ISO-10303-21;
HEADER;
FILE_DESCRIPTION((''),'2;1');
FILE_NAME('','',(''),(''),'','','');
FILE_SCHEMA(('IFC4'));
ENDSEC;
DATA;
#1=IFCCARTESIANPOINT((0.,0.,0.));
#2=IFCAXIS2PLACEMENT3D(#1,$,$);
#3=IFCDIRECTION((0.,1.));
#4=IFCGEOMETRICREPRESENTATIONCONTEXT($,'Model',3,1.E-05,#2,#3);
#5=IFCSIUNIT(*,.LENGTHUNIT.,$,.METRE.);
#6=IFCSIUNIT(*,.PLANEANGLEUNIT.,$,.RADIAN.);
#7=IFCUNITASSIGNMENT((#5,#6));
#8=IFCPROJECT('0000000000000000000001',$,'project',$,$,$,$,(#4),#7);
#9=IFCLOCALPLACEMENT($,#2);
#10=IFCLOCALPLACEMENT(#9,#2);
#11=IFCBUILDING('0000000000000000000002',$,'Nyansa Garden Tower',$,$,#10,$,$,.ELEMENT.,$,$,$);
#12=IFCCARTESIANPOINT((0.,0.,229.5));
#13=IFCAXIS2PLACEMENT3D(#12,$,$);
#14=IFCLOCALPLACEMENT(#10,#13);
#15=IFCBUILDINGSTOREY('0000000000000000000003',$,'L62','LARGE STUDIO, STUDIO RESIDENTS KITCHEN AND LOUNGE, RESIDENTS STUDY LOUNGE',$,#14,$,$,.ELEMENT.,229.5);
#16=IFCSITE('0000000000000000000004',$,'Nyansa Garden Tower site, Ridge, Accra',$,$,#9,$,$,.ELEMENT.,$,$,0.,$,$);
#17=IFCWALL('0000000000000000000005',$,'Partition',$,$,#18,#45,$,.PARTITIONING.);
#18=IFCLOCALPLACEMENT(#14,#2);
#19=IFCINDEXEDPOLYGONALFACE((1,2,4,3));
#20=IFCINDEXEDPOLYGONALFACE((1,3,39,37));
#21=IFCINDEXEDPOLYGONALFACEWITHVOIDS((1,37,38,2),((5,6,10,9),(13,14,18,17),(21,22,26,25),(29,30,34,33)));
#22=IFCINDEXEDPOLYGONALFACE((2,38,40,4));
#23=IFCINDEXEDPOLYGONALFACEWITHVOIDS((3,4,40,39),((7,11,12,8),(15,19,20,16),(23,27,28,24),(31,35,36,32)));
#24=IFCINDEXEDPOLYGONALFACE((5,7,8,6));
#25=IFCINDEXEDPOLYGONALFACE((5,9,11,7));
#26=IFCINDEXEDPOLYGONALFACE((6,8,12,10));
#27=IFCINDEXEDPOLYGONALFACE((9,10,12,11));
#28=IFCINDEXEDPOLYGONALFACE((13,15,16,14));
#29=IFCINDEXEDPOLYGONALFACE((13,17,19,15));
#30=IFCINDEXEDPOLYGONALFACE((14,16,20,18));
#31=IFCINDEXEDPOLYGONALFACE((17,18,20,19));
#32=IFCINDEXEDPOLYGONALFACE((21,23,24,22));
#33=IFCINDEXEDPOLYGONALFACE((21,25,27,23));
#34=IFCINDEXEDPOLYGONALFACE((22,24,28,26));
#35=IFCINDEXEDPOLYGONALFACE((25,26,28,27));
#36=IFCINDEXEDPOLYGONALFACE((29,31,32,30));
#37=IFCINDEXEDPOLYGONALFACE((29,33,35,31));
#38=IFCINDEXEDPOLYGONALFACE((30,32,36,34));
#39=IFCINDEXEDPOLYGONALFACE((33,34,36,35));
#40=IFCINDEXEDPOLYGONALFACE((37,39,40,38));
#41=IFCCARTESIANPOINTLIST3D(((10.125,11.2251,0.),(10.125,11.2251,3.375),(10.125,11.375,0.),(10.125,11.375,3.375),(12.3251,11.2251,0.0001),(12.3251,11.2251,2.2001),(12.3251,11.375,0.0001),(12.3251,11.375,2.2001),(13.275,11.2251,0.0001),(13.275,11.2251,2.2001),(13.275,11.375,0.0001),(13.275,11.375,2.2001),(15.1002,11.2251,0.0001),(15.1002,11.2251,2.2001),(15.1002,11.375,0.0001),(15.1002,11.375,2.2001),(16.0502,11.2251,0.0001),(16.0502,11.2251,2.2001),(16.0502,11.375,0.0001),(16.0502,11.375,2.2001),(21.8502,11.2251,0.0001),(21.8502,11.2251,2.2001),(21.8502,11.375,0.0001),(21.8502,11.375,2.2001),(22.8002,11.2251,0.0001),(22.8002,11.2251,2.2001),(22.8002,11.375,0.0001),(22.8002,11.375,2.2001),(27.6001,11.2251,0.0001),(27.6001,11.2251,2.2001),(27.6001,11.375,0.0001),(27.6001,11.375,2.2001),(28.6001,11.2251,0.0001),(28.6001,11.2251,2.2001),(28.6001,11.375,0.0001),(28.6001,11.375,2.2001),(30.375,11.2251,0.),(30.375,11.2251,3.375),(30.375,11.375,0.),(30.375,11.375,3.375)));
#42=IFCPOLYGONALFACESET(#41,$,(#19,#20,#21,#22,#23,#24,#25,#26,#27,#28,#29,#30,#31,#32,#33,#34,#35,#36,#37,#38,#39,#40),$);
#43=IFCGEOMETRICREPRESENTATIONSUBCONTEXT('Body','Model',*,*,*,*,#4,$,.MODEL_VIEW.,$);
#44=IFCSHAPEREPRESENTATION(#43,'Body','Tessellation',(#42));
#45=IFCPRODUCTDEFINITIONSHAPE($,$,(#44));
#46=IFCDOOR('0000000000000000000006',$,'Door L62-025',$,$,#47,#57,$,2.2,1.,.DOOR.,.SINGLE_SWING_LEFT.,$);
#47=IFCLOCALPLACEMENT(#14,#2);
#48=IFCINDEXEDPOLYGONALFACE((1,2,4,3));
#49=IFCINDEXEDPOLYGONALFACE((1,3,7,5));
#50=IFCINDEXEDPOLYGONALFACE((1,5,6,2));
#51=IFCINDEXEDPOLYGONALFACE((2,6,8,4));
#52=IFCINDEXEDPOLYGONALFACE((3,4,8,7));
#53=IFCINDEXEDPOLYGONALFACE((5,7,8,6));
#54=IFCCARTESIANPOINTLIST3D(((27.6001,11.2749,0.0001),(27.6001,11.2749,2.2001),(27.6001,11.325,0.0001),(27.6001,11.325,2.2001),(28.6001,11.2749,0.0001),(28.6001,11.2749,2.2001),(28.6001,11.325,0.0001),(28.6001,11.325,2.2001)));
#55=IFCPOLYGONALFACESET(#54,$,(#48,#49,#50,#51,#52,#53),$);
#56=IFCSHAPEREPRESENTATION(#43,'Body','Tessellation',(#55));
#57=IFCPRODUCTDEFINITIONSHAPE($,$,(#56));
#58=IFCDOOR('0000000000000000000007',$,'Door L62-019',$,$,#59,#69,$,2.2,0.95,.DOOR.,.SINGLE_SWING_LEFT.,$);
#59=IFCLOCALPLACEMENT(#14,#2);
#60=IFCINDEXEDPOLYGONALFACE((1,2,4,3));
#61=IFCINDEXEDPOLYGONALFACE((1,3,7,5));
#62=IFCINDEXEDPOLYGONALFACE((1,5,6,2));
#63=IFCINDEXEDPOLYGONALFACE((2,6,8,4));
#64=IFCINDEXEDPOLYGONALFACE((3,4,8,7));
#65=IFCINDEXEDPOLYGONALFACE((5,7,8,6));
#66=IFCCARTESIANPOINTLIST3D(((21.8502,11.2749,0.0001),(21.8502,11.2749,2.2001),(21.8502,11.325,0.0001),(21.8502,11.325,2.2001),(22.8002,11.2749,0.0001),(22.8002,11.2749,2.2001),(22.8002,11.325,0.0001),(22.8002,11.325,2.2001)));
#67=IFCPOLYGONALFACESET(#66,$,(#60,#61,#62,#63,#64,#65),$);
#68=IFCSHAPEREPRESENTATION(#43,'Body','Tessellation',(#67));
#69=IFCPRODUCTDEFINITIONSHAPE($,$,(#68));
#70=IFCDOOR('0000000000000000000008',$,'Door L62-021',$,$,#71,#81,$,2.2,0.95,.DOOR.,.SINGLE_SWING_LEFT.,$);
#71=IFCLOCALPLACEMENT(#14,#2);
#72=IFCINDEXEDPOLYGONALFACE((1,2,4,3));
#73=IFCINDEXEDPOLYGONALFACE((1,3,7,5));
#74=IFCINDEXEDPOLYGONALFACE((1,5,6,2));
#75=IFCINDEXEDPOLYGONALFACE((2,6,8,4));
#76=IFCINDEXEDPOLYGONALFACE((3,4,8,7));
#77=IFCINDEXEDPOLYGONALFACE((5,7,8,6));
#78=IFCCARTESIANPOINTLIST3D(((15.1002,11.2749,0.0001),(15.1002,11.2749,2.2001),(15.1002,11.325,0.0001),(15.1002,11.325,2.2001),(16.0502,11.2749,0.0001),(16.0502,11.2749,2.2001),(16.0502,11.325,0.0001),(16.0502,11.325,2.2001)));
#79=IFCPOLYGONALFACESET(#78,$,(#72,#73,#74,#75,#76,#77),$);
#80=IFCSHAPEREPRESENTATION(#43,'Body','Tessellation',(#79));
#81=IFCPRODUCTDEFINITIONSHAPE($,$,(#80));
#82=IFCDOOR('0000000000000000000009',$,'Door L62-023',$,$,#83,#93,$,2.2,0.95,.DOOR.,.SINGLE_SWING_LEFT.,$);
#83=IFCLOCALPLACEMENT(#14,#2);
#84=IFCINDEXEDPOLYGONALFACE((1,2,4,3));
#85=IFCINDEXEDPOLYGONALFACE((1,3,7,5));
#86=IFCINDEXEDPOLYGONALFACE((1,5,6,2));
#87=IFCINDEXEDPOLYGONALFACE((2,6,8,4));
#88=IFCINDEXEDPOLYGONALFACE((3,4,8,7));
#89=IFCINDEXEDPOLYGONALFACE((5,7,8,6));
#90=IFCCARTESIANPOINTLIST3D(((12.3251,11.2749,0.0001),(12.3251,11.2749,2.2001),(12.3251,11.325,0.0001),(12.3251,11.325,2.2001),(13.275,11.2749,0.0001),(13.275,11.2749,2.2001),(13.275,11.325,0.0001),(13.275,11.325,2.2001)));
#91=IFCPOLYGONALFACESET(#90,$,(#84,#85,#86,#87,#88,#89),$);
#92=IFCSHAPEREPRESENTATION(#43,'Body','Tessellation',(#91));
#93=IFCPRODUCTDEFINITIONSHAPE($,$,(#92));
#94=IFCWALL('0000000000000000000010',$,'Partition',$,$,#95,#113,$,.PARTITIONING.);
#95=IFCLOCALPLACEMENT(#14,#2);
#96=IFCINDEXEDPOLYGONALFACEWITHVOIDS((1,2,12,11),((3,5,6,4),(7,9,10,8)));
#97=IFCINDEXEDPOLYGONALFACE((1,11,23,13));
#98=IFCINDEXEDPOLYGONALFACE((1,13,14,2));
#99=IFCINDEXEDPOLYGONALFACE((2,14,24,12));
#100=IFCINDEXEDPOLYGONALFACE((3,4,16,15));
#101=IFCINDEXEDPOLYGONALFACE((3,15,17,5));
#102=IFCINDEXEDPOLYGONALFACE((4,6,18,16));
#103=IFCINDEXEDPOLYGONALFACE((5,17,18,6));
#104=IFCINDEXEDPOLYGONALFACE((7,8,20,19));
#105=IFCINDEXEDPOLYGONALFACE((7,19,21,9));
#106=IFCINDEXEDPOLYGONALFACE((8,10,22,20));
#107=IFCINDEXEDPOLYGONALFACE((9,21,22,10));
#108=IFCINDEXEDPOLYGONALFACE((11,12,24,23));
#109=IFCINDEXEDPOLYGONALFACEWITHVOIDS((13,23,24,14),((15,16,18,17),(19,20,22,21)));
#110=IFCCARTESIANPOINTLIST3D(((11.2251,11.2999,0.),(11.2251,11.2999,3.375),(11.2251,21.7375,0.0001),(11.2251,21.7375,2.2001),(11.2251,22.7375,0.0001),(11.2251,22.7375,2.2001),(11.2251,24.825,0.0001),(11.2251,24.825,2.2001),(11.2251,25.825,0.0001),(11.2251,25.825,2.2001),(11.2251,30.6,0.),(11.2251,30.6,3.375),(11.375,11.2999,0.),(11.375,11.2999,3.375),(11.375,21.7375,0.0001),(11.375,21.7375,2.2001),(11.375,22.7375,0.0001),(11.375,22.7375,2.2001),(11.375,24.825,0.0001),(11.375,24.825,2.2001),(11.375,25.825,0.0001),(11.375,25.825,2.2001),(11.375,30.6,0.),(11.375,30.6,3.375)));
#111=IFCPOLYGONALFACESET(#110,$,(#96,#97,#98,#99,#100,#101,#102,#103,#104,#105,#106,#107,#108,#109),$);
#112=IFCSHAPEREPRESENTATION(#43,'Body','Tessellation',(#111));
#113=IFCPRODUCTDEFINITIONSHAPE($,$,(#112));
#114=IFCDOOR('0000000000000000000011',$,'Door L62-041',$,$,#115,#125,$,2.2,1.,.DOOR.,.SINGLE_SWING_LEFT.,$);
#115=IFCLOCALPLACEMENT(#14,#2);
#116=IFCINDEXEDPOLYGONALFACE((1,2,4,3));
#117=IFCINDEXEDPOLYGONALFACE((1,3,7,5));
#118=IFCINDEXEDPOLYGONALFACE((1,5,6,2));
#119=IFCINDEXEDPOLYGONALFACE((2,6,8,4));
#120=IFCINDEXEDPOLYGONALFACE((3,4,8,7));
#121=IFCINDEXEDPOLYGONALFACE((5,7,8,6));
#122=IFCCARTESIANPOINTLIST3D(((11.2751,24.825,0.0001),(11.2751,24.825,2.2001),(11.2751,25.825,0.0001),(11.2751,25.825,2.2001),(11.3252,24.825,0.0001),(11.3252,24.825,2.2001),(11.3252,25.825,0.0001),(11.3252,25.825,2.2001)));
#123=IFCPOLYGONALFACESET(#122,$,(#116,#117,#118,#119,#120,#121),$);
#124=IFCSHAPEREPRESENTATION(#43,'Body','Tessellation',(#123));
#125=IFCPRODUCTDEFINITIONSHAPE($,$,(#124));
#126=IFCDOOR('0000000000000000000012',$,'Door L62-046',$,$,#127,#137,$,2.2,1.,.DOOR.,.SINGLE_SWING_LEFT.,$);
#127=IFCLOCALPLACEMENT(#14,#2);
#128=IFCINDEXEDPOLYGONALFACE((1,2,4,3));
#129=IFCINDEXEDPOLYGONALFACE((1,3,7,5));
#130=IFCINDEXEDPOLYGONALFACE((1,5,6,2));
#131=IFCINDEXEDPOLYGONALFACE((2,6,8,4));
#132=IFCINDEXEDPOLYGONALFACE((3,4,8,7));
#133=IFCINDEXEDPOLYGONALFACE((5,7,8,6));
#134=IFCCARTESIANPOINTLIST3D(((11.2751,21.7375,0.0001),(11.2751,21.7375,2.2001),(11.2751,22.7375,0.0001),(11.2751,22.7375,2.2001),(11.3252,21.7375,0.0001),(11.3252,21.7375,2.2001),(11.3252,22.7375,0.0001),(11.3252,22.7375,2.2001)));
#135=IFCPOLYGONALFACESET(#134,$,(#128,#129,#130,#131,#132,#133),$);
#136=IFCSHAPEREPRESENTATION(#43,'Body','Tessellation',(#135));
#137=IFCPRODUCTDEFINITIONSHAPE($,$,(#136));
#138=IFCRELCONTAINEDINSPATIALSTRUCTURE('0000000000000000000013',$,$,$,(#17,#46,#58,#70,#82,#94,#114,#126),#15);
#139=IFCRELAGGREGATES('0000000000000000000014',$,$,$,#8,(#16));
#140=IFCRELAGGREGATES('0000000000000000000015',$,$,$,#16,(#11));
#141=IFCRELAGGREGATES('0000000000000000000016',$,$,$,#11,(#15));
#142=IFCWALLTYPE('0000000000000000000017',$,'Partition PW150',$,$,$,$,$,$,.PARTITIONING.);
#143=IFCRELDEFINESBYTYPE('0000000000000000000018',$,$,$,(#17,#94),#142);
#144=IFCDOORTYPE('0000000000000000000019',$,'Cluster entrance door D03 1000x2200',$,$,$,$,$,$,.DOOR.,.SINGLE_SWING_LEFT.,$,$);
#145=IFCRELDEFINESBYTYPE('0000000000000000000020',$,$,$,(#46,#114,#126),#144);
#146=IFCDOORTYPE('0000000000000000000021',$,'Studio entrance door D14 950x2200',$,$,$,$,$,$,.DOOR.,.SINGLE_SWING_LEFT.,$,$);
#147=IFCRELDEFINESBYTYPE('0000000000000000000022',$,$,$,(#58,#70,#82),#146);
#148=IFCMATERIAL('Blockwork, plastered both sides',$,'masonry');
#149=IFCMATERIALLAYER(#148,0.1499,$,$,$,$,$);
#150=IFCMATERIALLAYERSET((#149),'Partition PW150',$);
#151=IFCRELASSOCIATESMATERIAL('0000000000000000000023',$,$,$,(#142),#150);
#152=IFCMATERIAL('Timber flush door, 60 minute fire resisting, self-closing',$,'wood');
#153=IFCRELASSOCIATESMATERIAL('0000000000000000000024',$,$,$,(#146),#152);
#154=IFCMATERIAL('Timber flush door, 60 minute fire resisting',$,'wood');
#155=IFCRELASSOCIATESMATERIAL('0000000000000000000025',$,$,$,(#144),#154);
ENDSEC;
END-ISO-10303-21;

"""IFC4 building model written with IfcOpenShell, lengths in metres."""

from ifc_helpers import new_model, si_unit, direction, frame, frame_2d, origin, place, context, subcontext, project, spatial, rectangle, extrude, material, layer, layer_set, type_object, element, fill, save


model = new_model("IFC4")

# Units and contexts
model_context = context("Model", 3, precision=1e-05, world=origin(), true_north=direction((0.0, 1.0)))
body_context = subcontext(model_context, "Body", "Model", "MODEL_VIEW")
ifc_project = project(units=[si_unit("LENGTHUNIT", "METRE"), si_unit("PLANEANGLEUNIT", "RADIAN")], contexts=[model_context])

# Site, building, storey
site_placement = place(None, origin())
site = spatial("IfcSite", under=ifc_project, at=site_placement, Name="Nyansa Garden Tower site, Ridge, Accra", CompositionType="ELEMENT", RefElevation=0.0)
building_placement = place(site_placement, origin())
building = spatial("IfcBuilding", under=site, at=building_placement, Name="Nyansa Garden Tower", CompositionType="ELEMENT")
storey_placement = place(building_placement, frame((0.0, 0.0, 229.5)))
storey = spatial("IfcBuildingStorey", under=building, at=storey_placement, Name="L62", Description="LARGE STUDIO, STUDIO RESIDENTS KITCHEN AND LOUNGE, RESIDENTS STUDY LOUNGE", CompositionType="ELEMENT", Elevation=229.5)

# Shared definitions
ifc_material_1 = material(Name="Blockwork, plastered both sides", Category="masonry")
ifc_layer_1 = layer(ifc_material_1, 0.1499)
ifc_layer_set_1 = layer_set([ifc_layer_1], Name="Partition PW150")
wall_type_1 = type_object("IfcWallType", Name="Partition PW150", PredefinedType="PARTITIONING", material=ifc_layer_set_1)
ifc_material_2 = material(Name="Timber flush door, 60 minute fire resisting, self-closing", Category="wood")
door_type_1 = type_object("IfcDoorType", Name="Studio entrance door D14 950x2200", OperationType="SINGLE_SWING_LEFT", PredefinedType="DOOR", material=ifc_material_2)

# Walls, openings, doors
wall_1_placement = place(storey_placement, frame((10.125, 11.3, 0.0), z_axis=(0.0, 0.0, 1.0), x_axis=(1.0, 0.0, 0.0)))
wall_1 = element("IfcWall", 1, at=wall_1_placement, inside=storey, type_object=wall_type_1, Name="Partition", PredefinedType="PARTITIONING", context=body_context, shape_type="SweptSolid", body=[
    extrude(rectangle(XDim=20.25, YDim=0.1499, at=frame_2d((10.125, 0.0))), origin(), (0.0, 0.0, 1.0), 3.375),
])
opening_1_placement = place(wall_1_placement, frame((11.7251, 0.0, 0.0)))
opening_1 = element("IfcOpeningElement", 2, at=opening_1_placement, cuts=wall_1, PredefinedType="OPENING", context=body_context, shape_type="SweptSolid", body=[
    extrude(rectangle(XDim=0.95, YDim=2.2, at=frame_2d((0.4751, 1.1001))), frame((0.0, 0.085, 0.0), z_axis=(0.0, -1.0, 0.0), x_axis=(1.0, 0.0, 0.0)), (0.0, 0.0, 1.0), 0.1699),
])
opening_2_placement = place(wall_1_placement, frame((4.9751, 0.0, 0.0)))
opening_2 = element("IfcOpeningElement", 3, at=opening_2_placement, cuts=wall_1, PredefinedType="OPENING", context=body_context, shape_type="SweptSolid", body=[
    extrude(rectangle(XDim=0.95, YDim=2.2, at=frame_2d((0.4751, 1.1001))), frame((0.0, 0.085, 0.0), z_axis=(0.0, -1.0, 0.0), x_axis=(1.0, 0.0, 0.0)), (0.0, 0.0, 1.0), 0.1699),
])
opening_3_placement = place(wall_1_placement, frame((2.2, 0.0, 0.0)))
opening_3 = element("IfcOpeningElement", 4, at=opening_3_placement, cuts=wall_1, PredefinedType="OPENING", context=body_context, shape_type="SweptSolid", body=[
    extrude(rectangle(XDim=0.95, YDim=2.2, at=frame_2d((0.4751, 1.1001))), frame((0.0, 0.085, 0.0), z_axis=(0.0, -1.0, 0.0), x_axis=(1.0, 0.0, 0.0)), (0.0, 0.0, 1.0), 0.1699),
])
opening_4_placement = place(wall_1_placement, frame((17.4751, 0.0, 0.0)))
opening_4 = element("IfcOpeningElement", 5, at=opening_4_placement, cuts=wall_1, PredefinedType="OPENING", context=body_context, shape_type="SweptSolid", body=[
    extrude(rectangle(XDim=1.0, YDim=2.2, at=frame_2d((0.5, 1.1001))), frame((0.0, 0.085, 0.0), z_axis=(0.0, -1.0, 0.0), x_axis=(1.0, 0.0, 0.0)), (0.0, 0.0, 1.0), 0.1699),
])
ifc_material_3 = material(Name="Timber flush door, 60 minute fire resisting", Category="wood")
door_type_2 = type_object("IfcDoorType", Name="Cluster entrance door D03 1000x2200", OperationType="SINGLE_SWING_LEFT", PredefinedType="DOOR", material=ifc_material_3)
door_1_placement = place(opening_4_placement, origin())
door_1 = element("IfcDoor", 6, at=door_1_placement, inside=storey, type_object=door_type_2, Name="Door L62-025", OperationType="SINGLE_SWING_LEFT", OverallHeight=2.2, OverallWidth=1.0, PredefinedType="DOOR", context=body_context, shape_type="SweptSolid", body=[
    extrude(rectangle(XDim=1.0, YDim=2.2, at=frame_2d((0.5, 1.1001))), frame((0.0, 0.0249, 0.0), z_axis=(0.0, -1.0, 0.0), x_axis=(1.0, 0.0, 0.0)), (0.0, 0.0, 1.0), 0.05),
])
fill(opening_4, door_1)
door_2_placement = place(opening_1_placement, origin())
door_2 = element("IfcDoor", 7, at=door_2_placement, inside=storey, type_object=door_type_1, Name="Door L62-019", OperationType="SINGLE_SWING_LEFT", OverallHeight=2.2, OverallWidth=0.95, PredefinedType="DOOR", context=body_context, shape_type="SweptSolid", body=[
    extrude(rectangle(XDim=0.95, YDim=2.2, at=frame_2d((0.4751, 1.1001))), frame((0.0, 0.0249, 0.0), z_axis=(0.0, -1.0, 0.0), x_axis=(1.0, 0.0, 0.0)), (0.0, 0.0, 1.0), 0.05),
])
fill(opening_1, door_2)
door_3_placement = place(opening_2_placement, origin())
door_3 = element("IfcDoor", 8, at=door_3_placement, inside=storey, type_object=door_type_1, Name="Door L62-021", OperationType="SINGLE_SWING_LEFT", OverallHeight=2.2, OverallWidth=0.95, PredefinedType="DOOR", context=body_context, shape_type="SweptSolid", body=[
    extrude(rectangle(XDim=0.95, YDim=2.2, at=frame_2d((0.4751, 1.1001))), frame((0.0, 0.0249, 0.0), z_axis=(0.0, -1.0, 0.0), x_axis=(1.0, 0.0, 0.0)), (0.0, 0.0, 1.0), 0.05),
])
fill(opening_2, door_3)
door_4_placement = place(opening_3_placement, origin())
door_4 = element("IfcDoor", 9, at=door_4_placement, inside=storey, type_object=door_type_1, Name="Door L62-023", OperationType="SINGLE_SWING_LEFT", OverallHeight=2.2, OverallWidth=0.95, PredefinedType="DOOR", context=body_context, shape_type="SweptSolid", body=[
    extrude(rectangle(XDim=0.95, YDim=2.2, at=frame_2d((0.4751, 1.1001))), frame((0.0, 0.0249, 0.0), z_axis=(0.0, -1.0, 0.0), x_axis=(1.0, 0.0, 0.0)), (0.0, 0.0, 1.0), 0.05),
])
fill(opening_3, door_4)
wall_2_placement = place(storey_placement, frame((11.3, 11.3, 0.0), z_axis=(0.0, 0.0, 1.0), x_axis=(0.0, 1.0, 0.0)))
wall_2 = element("IfcWall", 10, at=wall_2_placement, inside=storey, type_object=wall_type_1, Name="Partition", PredefinedType="PARTITIONING", context=body_context, shape_type="SweptSolid", body=[
    extrude(rectangle(XDim=19.3, YDim=0.1499, at=frame_2d((9.6499, 0.0))), origin(), (0.0, 0.0, 1.0), 3.375),
])
opening_5_placement = place(wall_2_placement, frame((13.5249, 0.0, 0.0)))
opening_5 = element("IfcOpeningElement", 11, at=opening_5_placement, cuts=wall_2, PredefinedType="OPENING", context=body_context, shape_type="SweptSolid", body=[
    extrude(rectangle(XDim=1.0, YDim=2.2, at=frame_2d((0.5, 1.1001))), frame((0.0, 0.085, 0.0), z_axis=(0.0, -1.0, 0.0), x_axis=(1.0, 0.0, 0.0)), (0.0, 0.0, 1.0), 0.1699),
])
opening_6_placement = place(wall_2_placement, frame((10.4375, 0.0, 0.0)))
opening_6 = element("IfcOpeningElement", 12, at=opening_6_placement, cuts=wall_2, PredefinedType="OPENING", context=body_context, shape_type="SweptSolid", body=[
    extrude(rectangle(XDim=1.0, YDim=2.2, at=frame_2d((0.5, 1.1001))), frame((0.0, 0.085, 0.0), z_axis=(0.0, -1.0, 0.0), x_axis=(1.0, 0.0, 0.0)), (0.0, 0.0, 1.0), 0.1699),
])
door_5_placement = place(opening_5_placement, origin())
door_5 = element("IfcDoor", 13, at=door_5_placement, inside=storey, type_object=door_type_2, Name="Door L62-041", OperationType="SINGLE_SWING_LEFT", OverallHeight=2.2, OverallWidth=1.0, PredefinedType="DOOR", context=body_context, shape_type="SweptSolid", body=[
    extrude(rectangle(XDim=1.0, YDim=2.2, at=frame_2d((0.5, 1.1001))), frame((0.0, 0.0249, 0.0), z_axis=(0.0, -1.0, 0.0), x_axis=(1.0, 0.0, 0.0)), (0.0, 0.0, 1.0), 0.05),
])
fill(opening_5, door_5)
door_6_placement = place(opening_6_placement, origin())
door_6 = element("IfcDoor", 14, at=door_6_placement, inside=storey, type_object=door_type_2, Name="Door L62-046", OperationType="SINGLE_SWING_LEFT", OverallHeight=2.2, OverallWidth=1.0, PredefinedType="DOOR", context=body_context, shape_type="SweptSolid", body=[
    extrude(rectangle(XDim=1.0, YDim=2.2, at=frame_2d((0.5, 1.1001))), frame((0.0, 0.0249, 0.0), z_axis=(0.0, -1.0, 0.0), x_axis=(1.0, 0.0, 0.0)), (0.0, 0.0, 1.0), 0.05),
])
fill(opening_6, door_6)

save(model, "model.ifc")
